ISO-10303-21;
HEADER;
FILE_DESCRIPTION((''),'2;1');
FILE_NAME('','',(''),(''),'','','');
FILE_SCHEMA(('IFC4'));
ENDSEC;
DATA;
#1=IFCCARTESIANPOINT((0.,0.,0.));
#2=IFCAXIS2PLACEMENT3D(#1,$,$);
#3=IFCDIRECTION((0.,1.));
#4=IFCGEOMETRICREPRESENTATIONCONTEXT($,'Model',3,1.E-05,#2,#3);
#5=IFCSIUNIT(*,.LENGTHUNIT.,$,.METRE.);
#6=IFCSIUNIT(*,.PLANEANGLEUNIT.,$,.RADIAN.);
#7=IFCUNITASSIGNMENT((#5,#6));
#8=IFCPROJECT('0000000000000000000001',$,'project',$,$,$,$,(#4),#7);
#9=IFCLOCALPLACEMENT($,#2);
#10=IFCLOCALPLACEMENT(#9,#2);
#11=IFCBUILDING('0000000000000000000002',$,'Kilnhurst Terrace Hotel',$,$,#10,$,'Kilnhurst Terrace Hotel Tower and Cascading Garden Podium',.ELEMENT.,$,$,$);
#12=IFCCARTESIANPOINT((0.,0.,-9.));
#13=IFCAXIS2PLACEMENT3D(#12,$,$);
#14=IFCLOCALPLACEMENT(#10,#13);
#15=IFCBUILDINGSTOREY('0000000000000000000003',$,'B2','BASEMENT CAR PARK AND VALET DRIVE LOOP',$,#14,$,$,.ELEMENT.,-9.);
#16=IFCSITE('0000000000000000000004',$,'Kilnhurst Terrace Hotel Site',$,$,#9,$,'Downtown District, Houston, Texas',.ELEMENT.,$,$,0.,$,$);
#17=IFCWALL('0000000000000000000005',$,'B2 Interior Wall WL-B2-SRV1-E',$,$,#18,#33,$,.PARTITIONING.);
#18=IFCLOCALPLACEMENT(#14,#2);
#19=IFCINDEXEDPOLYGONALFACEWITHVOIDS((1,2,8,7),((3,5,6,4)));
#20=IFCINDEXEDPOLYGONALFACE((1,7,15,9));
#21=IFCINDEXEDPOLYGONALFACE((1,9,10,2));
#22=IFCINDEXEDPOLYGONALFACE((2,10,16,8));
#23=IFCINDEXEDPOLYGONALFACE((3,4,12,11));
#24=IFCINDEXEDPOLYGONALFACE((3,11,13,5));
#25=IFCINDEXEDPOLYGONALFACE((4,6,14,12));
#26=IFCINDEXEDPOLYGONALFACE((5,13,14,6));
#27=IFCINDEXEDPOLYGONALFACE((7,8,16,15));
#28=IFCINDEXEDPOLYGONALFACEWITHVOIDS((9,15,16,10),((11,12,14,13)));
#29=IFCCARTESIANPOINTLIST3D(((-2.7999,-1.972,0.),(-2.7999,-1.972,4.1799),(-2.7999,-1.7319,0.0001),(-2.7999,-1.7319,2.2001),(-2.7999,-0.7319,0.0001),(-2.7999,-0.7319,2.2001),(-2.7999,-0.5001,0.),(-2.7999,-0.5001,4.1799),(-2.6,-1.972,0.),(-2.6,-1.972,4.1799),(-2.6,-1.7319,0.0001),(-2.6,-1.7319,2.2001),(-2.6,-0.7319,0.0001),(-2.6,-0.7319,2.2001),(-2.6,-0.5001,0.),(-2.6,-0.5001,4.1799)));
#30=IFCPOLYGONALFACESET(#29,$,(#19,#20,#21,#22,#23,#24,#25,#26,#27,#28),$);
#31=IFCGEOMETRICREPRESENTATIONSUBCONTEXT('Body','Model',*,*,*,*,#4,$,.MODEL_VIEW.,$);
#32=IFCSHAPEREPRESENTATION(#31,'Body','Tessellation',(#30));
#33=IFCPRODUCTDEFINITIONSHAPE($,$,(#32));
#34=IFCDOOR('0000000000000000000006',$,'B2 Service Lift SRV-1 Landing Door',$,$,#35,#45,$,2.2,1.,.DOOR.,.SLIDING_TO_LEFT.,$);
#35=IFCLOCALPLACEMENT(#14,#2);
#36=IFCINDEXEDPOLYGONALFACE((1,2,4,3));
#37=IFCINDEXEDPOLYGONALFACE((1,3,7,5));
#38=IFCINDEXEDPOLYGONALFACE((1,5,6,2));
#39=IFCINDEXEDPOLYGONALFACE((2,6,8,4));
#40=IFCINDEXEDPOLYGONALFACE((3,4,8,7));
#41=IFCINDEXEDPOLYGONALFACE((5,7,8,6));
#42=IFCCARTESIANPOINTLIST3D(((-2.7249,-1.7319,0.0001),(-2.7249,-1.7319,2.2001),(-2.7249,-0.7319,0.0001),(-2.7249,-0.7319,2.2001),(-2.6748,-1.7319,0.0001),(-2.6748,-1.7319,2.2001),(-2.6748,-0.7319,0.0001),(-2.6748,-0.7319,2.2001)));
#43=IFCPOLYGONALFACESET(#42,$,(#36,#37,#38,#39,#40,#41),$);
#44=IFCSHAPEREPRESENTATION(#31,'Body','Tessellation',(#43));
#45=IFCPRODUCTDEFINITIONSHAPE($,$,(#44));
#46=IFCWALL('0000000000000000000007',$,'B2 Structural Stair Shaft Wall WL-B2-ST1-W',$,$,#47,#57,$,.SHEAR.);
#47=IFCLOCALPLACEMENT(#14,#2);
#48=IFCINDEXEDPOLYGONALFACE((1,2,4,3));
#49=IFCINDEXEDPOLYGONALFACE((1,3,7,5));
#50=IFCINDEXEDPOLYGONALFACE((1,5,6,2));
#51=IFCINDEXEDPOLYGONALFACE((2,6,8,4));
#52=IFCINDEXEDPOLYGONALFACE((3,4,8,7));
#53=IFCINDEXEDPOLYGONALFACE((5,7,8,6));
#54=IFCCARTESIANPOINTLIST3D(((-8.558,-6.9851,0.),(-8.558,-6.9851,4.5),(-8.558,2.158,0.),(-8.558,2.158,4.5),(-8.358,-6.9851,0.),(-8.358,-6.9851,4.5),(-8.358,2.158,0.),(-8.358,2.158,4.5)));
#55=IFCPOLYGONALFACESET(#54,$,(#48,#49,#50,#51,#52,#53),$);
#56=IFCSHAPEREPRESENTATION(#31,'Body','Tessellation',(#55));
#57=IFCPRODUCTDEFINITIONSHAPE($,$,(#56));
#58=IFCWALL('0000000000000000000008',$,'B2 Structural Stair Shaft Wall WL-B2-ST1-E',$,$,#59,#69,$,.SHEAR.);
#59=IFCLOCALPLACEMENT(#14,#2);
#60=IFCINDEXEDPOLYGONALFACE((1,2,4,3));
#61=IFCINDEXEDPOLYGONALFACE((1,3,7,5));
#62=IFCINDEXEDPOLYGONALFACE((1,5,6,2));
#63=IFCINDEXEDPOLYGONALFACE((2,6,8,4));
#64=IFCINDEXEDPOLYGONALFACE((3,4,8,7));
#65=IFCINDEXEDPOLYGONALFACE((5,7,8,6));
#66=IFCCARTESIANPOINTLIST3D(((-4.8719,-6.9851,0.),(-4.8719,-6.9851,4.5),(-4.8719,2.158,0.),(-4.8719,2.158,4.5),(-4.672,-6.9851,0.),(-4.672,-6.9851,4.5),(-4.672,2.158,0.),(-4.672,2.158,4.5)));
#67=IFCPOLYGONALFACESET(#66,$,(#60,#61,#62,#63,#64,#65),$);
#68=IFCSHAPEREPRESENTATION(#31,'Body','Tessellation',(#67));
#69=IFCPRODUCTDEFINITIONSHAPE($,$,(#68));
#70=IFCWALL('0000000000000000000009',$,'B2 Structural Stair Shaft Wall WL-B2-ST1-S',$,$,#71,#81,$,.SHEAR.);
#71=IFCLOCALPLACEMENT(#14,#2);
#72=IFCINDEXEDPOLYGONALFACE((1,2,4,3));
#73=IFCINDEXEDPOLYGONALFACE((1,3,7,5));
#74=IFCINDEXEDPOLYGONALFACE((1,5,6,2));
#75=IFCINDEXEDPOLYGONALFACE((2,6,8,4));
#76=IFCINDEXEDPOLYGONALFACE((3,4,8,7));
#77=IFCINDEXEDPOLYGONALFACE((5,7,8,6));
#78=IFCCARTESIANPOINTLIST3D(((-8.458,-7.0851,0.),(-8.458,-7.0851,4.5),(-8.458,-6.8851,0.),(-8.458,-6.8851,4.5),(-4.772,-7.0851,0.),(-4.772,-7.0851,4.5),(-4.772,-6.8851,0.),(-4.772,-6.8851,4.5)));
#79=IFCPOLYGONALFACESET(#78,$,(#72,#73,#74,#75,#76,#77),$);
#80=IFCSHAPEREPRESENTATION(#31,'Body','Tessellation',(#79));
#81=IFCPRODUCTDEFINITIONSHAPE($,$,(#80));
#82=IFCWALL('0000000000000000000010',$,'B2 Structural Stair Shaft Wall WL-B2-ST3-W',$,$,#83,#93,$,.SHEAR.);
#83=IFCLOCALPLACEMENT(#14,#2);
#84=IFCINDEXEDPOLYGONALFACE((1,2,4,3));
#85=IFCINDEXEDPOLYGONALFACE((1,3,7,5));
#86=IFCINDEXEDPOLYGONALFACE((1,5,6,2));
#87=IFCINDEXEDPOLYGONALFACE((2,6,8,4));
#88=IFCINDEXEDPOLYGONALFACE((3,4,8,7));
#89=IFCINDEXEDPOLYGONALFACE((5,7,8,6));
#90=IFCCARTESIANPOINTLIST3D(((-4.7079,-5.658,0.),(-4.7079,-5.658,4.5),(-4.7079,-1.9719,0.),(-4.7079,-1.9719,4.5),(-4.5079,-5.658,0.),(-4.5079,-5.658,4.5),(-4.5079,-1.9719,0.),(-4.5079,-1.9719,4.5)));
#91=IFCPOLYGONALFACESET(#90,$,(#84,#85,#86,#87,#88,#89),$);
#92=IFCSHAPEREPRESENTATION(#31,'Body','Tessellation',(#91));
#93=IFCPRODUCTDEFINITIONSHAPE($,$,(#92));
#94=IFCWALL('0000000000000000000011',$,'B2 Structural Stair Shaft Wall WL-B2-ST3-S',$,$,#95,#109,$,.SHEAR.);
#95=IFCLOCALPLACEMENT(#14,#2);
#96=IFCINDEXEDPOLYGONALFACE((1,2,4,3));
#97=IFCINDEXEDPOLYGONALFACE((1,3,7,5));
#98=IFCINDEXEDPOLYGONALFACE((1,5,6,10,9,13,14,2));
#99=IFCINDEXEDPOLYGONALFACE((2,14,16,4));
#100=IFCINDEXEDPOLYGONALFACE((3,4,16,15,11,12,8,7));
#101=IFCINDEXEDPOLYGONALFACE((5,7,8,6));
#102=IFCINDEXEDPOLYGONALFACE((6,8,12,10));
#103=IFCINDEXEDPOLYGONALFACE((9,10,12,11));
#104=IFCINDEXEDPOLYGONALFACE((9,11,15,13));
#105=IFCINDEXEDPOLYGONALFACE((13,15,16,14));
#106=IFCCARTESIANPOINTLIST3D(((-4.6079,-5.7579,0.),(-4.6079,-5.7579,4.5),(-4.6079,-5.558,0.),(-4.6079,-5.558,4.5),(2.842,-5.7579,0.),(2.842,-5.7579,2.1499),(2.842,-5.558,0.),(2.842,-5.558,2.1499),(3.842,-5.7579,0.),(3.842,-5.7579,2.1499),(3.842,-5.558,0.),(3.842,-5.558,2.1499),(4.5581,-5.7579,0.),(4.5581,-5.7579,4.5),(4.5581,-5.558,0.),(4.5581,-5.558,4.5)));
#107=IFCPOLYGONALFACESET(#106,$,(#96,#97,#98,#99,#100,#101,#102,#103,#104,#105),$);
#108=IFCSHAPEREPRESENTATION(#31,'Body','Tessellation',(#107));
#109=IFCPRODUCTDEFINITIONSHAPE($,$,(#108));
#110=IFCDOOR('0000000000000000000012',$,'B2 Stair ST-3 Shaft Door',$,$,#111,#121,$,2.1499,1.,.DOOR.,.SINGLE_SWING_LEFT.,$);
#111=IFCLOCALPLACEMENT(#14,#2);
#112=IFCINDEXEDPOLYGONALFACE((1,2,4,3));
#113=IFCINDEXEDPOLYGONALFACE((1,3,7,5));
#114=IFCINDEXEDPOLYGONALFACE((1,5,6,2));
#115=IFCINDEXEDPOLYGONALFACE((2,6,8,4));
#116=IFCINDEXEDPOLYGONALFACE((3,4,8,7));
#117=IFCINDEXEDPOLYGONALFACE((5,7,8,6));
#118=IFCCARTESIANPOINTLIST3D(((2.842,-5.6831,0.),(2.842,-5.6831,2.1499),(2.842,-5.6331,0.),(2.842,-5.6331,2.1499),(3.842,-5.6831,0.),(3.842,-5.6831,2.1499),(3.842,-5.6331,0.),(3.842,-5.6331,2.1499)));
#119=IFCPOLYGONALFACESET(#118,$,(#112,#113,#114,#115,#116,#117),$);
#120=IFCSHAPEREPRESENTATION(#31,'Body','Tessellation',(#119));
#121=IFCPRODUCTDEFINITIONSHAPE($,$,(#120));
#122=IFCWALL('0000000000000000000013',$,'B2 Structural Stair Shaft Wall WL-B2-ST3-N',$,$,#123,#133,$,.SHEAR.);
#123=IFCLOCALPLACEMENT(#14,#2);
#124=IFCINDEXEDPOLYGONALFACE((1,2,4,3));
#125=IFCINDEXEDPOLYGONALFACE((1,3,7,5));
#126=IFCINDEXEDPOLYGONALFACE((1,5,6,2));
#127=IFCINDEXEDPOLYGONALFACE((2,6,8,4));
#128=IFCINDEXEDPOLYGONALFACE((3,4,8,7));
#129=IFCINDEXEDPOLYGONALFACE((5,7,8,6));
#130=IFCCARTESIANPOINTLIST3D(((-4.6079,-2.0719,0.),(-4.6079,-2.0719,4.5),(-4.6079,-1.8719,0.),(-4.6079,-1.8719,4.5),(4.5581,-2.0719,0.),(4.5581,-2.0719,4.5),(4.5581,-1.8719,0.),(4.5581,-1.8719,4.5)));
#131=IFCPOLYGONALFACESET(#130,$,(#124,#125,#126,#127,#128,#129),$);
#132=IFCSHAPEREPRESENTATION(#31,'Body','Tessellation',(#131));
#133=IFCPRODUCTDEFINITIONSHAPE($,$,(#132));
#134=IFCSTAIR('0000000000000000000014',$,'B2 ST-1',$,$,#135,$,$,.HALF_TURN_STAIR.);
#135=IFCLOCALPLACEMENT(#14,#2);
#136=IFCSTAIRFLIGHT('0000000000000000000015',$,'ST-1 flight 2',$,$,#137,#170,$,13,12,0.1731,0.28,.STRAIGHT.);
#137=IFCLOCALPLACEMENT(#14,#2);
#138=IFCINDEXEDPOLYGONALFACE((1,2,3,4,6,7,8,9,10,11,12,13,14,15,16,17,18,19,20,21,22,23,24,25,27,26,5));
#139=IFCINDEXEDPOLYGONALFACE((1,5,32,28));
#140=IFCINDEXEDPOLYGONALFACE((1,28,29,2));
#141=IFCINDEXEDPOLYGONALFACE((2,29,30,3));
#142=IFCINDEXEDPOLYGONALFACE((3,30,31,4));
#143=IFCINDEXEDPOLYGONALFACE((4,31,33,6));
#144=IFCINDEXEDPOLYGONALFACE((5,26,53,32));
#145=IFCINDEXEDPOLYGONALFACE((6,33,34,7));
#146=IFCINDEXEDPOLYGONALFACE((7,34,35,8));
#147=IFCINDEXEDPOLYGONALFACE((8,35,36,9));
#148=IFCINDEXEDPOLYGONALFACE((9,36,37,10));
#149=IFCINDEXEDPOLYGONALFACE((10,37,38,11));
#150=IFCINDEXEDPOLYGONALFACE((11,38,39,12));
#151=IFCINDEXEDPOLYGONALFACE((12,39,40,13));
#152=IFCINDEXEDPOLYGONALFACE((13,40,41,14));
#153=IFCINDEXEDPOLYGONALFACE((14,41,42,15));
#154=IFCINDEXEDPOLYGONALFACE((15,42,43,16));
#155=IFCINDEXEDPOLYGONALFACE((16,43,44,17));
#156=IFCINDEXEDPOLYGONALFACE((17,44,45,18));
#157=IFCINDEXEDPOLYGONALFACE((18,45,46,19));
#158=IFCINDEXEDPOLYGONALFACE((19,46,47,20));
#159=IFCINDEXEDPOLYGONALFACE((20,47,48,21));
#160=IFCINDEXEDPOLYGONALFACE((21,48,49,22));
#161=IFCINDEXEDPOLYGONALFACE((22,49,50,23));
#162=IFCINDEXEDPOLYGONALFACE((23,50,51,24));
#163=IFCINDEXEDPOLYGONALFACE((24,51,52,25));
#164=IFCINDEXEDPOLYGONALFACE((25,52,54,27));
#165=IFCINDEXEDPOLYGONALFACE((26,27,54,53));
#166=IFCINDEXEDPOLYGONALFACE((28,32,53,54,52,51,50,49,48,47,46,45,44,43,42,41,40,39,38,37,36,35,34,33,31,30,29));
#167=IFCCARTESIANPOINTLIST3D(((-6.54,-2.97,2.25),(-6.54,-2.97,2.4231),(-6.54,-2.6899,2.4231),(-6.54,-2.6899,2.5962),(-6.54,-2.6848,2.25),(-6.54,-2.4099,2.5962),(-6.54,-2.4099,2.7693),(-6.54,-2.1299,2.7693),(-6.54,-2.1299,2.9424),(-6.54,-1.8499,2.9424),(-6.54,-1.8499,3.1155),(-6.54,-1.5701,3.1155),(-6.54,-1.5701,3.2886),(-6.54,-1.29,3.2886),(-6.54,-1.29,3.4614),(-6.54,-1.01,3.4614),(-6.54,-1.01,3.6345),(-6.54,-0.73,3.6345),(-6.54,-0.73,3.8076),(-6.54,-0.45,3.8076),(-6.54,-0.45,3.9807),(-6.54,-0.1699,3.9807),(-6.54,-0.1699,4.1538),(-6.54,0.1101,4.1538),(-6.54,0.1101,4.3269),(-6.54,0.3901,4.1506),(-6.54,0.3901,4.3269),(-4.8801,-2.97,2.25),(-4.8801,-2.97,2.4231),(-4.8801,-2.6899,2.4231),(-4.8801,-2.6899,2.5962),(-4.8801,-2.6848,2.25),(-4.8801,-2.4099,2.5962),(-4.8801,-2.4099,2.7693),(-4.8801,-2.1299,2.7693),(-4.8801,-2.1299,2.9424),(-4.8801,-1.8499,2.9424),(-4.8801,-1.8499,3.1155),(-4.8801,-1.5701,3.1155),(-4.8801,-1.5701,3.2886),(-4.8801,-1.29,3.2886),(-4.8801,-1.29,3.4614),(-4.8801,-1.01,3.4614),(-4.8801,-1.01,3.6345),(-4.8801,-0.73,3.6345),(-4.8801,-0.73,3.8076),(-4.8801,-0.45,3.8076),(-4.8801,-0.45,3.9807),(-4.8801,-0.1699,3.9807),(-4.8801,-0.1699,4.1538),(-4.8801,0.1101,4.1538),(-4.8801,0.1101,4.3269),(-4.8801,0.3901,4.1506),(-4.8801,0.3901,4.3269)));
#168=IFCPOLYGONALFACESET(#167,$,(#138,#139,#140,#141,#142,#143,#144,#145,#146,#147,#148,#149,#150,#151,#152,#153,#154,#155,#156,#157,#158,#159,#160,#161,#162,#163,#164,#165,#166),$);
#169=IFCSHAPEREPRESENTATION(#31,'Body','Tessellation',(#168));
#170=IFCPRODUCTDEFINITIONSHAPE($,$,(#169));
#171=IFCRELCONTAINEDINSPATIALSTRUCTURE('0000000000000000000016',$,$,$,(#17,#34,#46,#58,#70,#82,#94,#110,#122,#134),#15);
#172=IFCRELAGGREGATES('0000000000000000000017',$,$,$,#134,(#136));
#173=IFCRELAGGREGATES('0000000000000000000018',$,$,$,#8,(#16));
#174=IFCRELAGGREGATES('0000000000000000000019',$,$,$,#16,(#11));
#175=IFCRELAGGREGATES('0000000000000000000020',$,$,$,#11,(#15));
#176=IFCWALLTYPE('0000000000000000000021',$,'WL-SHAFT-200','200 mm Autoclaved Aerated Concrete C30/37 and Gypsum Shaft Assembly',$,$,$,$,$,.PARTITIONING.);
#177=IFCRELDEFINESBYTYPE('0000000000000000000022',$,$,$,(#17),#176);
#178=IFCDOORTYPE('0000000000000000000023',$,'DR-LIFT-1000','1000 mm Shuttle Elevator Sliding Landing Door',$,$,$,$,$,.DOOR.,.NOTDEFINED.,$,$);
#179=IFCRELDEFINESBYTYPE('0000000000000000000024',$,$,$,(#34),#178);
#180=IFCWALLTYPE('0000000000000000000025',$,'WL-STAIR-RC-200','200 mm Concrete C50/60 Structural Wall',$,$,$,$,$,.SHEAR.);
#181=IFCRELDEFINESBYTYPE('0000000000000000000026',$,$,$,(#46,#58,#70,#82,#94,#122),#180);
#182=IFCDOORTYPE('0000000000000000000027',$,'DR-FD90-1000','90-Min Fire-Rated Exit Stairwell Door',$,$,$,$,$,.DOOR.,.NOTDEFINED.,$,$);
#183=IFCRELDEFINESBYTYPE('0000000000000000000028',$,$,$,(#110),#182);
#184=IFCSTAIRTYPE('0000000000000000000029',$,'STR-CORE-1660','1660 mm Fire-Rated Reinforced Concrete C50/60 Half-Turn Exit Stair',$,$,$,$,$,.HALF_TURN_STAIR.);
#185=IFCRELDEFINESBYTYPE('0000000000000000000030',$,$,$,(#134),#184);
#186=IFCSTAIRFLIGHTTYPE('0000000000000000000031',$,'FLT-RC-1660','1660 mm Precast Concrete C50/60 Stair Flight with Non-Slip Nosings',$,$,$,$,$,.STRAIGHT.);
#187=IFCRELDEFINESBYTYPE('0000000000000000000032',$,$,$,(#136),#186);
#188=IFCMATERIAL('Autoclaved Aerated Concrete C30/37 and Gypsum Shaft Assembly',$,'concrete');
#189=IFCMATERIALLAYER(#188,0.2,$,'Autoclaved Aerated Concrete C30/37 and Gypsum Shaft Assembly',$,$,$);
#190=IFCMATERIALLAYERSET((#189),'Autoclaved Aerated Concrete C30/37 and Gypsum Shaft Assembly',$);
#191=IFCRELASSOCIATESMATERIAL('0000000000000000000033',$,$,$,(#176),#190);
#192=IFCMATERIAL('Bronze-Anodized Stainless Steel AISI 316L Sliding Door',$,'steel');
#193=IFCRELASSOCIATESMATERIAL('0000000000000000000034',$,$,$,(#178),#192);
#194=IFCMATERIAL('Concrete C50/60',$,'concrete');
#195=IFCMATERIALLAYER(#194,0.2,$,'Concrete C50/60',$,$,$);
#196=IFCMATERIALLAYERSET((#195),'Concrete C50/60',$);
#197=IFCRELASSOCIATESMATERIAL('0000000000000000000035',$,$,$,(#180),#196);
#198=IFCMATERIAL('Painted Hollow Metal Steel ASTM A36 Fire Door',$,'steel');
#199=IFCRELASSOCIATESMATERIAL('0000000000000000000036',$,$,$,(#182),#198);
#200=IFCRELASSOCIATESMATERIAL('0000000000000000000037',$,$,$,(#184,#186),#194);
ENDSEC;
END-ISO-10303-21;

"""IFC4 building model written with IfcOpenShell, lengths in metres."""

from ifc_helpers import new_model, si_unit, direction, frame, frame_2d, origin, place, context, subcontext, project, spatial, polyline, rectangle, outline, extrude, material, layer, layer_set, type_object, element, fill, aggregate, save


model = new_model("IFC4")

# Units and contexts
model_context = context("Model", 3, precision=1e-05, world=origin(), true_north=direction((0.0, 1.0)))
body_context = subcontext(model_context, "Body", "Model", "MODEL_VIEW")
ifc_project = project(units=[si_unit("LENGTHUNIT", "METRE"), si_unit("PLANEANGLEUNIT", "RADIAN")], contexts=[model_context])

# Site, building, storey
site_placement = place(None, origin())
site = spatial("IfcSite", under=ifc_project, at=site_placement, Name="Kilnhurst Terrace Hotel Site", LongName="Downtown District, Houston, Texas", CompositionType="ELEMENT", RefElevation=0.0)
building_placement = place(site_placement, origin())
building = spatial("IfcBuilding", under=site, at=building_placement, Name="Kilnhurst Terrace Hotel", LongName="Kilnhurst Terrace Hotel Tower and Cascading Garden Podium", CompositionType="ELEMENT")
storey_placement = place(building_placement, frame((0.0, 0.0, -9.0)))
storey = spatial("IfcBuildingStorey", under=building, at=storey_placement, Name="B2", Description="BASEMENT CAR PARK AND VALET DRIVE LOOP", CompositionType="ELEMENT", Elevation=-9.0)

# Shared definitions
ifc_material_1 = material(Name="Concrete C50/60", Category="concrete")

# Shared definitions
ifc_material_2 = material(Name="Painted Hollow Metal Steel ASTM A36 Fire Door", Category="steel")

# Wall, opening, door
ifc_material_3 = material(Name="Autoclaved Aerated Concrete C30/37 and Gypsum Shaft Assembly", Category="concrete")
ifc_layer_1 = layer(ifc_material_3, 0.2, Name="Autoclaved Aerated Concrete C30/37 and Gypsum Shaft Assembly")
ifc_layer_set_1 = layer_set([ifc_layer_1], Name="Autoclaved Aerated Concrete C30/37 and Gypsum Shaft Assembly")
wall_type_1 = type_object("IfcWallType", Name="WL-SHAFT-200", Description="200 mm Autoclaved Aerated Concrete C30/37 and Gypsum Shaft Assembly", PredefinedType="PARTITIONING", material=ifc_layer_set_1)
wall_1_placement = place(storey_placement, frame((-2.7, -1.9719, 0.0), z_axis=(0.0, 0.0, 1.0), x_axis=(0.0, 1.0, 0.0)))
wall_1 = element("IfcWall", 1, at=wall_1_placement, inside=storey, type_object=wall_type_1, Name="B2 Interior Wall WL-B2-SRV1-E", PredefinedType="PARTITIONING", context=body_context, shape_type="SweptSolid", body=[
    extrude(rectangle(XDim=1.4719, YDim=0.2, at=frame_2d((0.7358, 0.0))), origin(), (0.0, 0.0, 1.0), 4.1799),
])
opening_1_placement = place(wall_1_placement, frame((0.24, 0.0, 0.0)))
opening_1 = element("IfcOpeningElement", 2, at=opening_1_placement, cuts=wall_1, PredefinedType="OPENING", context=body_context, shape_type="SweptSolid", body=[
    extrude(rectangle(XDim=1.0, YDim=2.2, at=frame_2d((0.5, 1.1001))), frame((0.0, 0.1099, 0.0), z_axis=(0.0, -1.0, 0.0), x_axis=(1.0, 0.0, 0.0)), (0.0, 0.0, 1.0), 0.22),
])
ifc_material_4 = material(Name="Bronze-Anodized Stainless Steel AISI 316L Sliding Door", Category="steel")
door_type_1 = type_object("IfcDoorType", Name="DR-LIFT-1000", Description="1000 mm Shuttle Elevator Sliding Landing Door", OperationType="NOTDEFINED", PredefinedType="DOOR", material=ifc_material_4)
door_1_placement = place(opening_1_placement, origin())
door_1 = element("IfcDoor", 3, at=door_1_placement, inside=storey, type_object=door_type_1, Name="B2 Service Lift SRV-1 Landing Door", OperationType="SLIDING_TO_LEFT", OverallHeight=2.2, OverallWidth=1.0, PredefinedType="DOOR", context=body_context, shape_type="SweptSolid", body=[
    extrude(rectangle(XDim=1.0, YDim=2.2, at=frame_2d((0.5, 1.1001))), frame((0.0, 0.0249, 0.0), z_axis=(0.0, -1.0, 0.0), x_axis=(1.0, 0.0, 0.0)), (0.0, 0.0, 1.0), 0.05),
])
fill(opening_1, door_1)

# Walls
ifc_layer_2 = layer(ifc_material_1, 0.2, Name="Concrete C50/60")
ifc_layer_set_2 = layer_set([ifc_layer_2], Name="Concrete C50/60")
wall_type_2 = type_object("IfcWallType", Name="WL-STAIR-RC-200", Description="200 mm Concrete C50/60 Structural Wall", PredefinedType="SHEAR", material=ifc_layer_set_2)
for number, where, z_axis, x_axis, name in (
    (4, (-8.458, -6.9851, 0.0), (0.0, 0.0, 1.0), (0.0, 1.0, 0.0), "B2 Structural Stair Shaft Wall WL-B2-ST1-W"),
    (5, (-4.772, -6.9851, 0.0), (0.0, 0.0, 1.0), (0.0, 1.0, 0.0), "B2 Structural Stair Shaft Wall WL-B2-ST1-E"),
):
    element("IfcWall", number, at=place(storey_placement, frame(where, z_axis=z_axis, x_axis=x_axis)), inside=storey, type_object=wall_type_2, Name=name, PredefinedType="SHEAR", context=body_context, shape_type="SweptSolid", body=[
        extrude(rectangle(XDim=9.1431, YDim=0.2, at=frame_2d((4.5715, 0.0))), origin(), (0.0, 0.0, 1.0), 4.5),
    ])
for number, where, z_axis, x_axis, name in (
    (6, (-8.458, -6.9851, 0.0), (0.0, 0.0, 1.0), (1.0, 0.0, 0.0), "B2 Structural Stair Shaft Wall WL-B2-ST1-S"),
    (7, (-4.6079, -5.658, 0.0), (0.0, 0.0, 1.0), (0.0, 1.0, 0.0), "B2 Structural Stair Shaft Wall WL-B2-ST3-W"),
):
    element("IfcWall", number, at=place(storey_placement, frame(where, z_axis=z_axis, x_axis=x_axis)), inside=storey, type_object=wall_type_2, Name=name, PredefinedType="SHEAR", context=body_context, shape_type="SweptSolid", body=[
        extrude(rectangle(XDim=3.686, YDim=0.2, at=frame_2d((1.843, 0.0))), origin(), (0.0, 0.0, 1.0), 4.5),
    ])

# Wall, opening, door
wall_2_placement = place(storey_placement, frame((-4.6079, -5.658, 0.0), z_axis=(0.0, 0.0, 1.0), x_axis=(1.0, 0.0, 0.0)))
wall_2 = element("IfcWall", 8, at=wall_2_placement, inside=storey, type_object=wall_type_2, Name="B2 Structural Stair Shaft Wall WL-B2-ST3-S", PredefinedType="SHEAR", context=body_context, shape_type="SweptSolid", body=[
    extrude(rectangle(XDim=9.166, YDim=0.2, at=frame_2d((4.583, 0.0))), origin(), (0.0, 0.0, 1.0), 4.5),
])
opening_2_placement = place(wall_2_placement, frame((7.45, 0.0, 0.0)))
opening_2 = element("IfcOpeningElement", 9, at=opening_2_placement, cuts=wall_2, PredefinedType="OPENING", context=body_context, shape_type="SweptSolid", body=[
    extrude(rectangle(XDim=1.0, YDim=2.1499, at=frame_2d((0.5, 1.075))), frame((0.0, 0.1099, 0.0), z_axis=(0.0, -1.0, 0.0), x_axis=(1.0, 0.0, 0.0)), (0.0, 0.0, 1.0), 0.22),
])
door_type_2 = type_object("IfcDoorType", Name="DR-FD90-1000", Description="90-Min Fire-Rated Exit Stairwell Door", OperationType="NOTDEFINED", PredefinedType="DOOR", material=ifc_material_2)
door_2_placement = place(opening_2_placement, origin())
door_2 = element("IfcDoor", 10, at=door_2_placement, inside=storey, type_object=door_type_2, Name="B2 Stair ST-3 Shaft Door", OperationType="SINGLE_SWING_LEFT", OverallHeight=2.1499, OverallWidth=1.0, PredefinedType="DOOR", context=body_context, shape_type="SweptSolid", body=[
    extrude(rectangle(XDim=1.0, YDim=2.1499, at=frame_2d((0.5, 1.075))), frame((0.0, 0.0249, 0.0), z_axis=(0.0, -1.0, 0.0), x_axis=(1.0, 0.0, 0.0)), (0.0, 0.0, 1.0), 0.05),
])
fill(opening_2, door_2)

# Wall
wall_3_placement = place(storey_placement, frame((-4.6079, -1.9719, 0.0), z_axis=(0.0, 0.0, 1.0), x_axis=(1.0, 0.0, 0.0)))
element("IfcWall", 11, at=wall_3_placement, inside=storey, type_object=wall_type_2, Name="B2 Structural Stair Shaft Wall WL-B2-ST3-N", PredefinedType="SHEAR", context=body_context, shape_type="SweptSolid", body=[
    extrude(rectangle(XDim=9.166, YDim=0.2, at=frame_2d((4.583, 0.0))), origin(), (0.0, 0.0, 1.0), 4.5),
])

# Stair, stair flight
stair_type = type_object("IfcStairType", Name="STR-CORE-1660", Description="1660 mm Fire-Rated Reinforced Concrete C50/60 Half-Turn Exit Stair", PredefinedType="HALF_TURN_STAIR", material=ifc_material_1)
stair_1_placement = place(storey_placement, origin())
stair_1 = element("IfcStair", 12, at=stair_1_placement, inside=storey, type_object=stair_type, Name="B2 ST-1", PredefinedType="HALF_TURN_STAIR")
stair_flight_type = type_object("IfcStairFlightType", Name="FLT-RC-1660", Description="1660 mm Precast Concrete C50/60 Stair Flight with Non-Slip Nosings", PredefinedType="STRAIGHT", material=ifc_material_1)
stair_flight_1_placement = place(storey_placement, frame((-5.71, -2.97, 2.25), z_axis=(0.0, 0.0, 1.0), x_axis=(0.0, 1.0, 0.0)))
stair_flight_1 = element("IfcStairFlight", 13, at=stair_flight_1_placement, type_object=stair_flight_type, Name="ST-1 flight 2", NumberOfRisers=13, NumberOfTreads=12, PredefinedType="STRAIGHT", RiserHeight=0.1731, TreadLength=0.28, context=body_context, shape_type="SweptSolid", body=[
    extrude(outline(polyline([(0.0, 0.0), (0.0, 0.1731), (0.28, 0.1731), (0.28, 0.3462), (0.5601, 0.3462), (0.5601, 0.5193), (0.8401, 0.5193), (0.8401, 0.6924), (1.1201, 0.6924), (1.1201, 0.8655), (1.3999, 0.8655), (1.3999, 1.0386), (1.6799, 1.0386), (1.6799, 1.2114), (1.96, 1.2114), (1.96, 1.3845), (2.24, 1.3845), (2.24, 1.5576), (2.52, 1.5576), (2.52, 1.7307), (2.8, 1.7307), (2.8, 1.9038), (3.0801, 1.9038), (3.0801, 2.0769), (3.3601, 2.0769), (3.3601, 2.25), (3.3601, 1.9006), (0.2852, 0.0), (0.0, 0.0)])), frame((0.0, 0.8301, 0.0), z_axis=(0.0, -1.0, 0.0), x_axis=(1.0, 0.0, 0.0)), (0.0, 0.0, 1.0), 1.6599),
])
aggregate(stair_1, [stair_flight_1])

save(model, "model.ifc")
